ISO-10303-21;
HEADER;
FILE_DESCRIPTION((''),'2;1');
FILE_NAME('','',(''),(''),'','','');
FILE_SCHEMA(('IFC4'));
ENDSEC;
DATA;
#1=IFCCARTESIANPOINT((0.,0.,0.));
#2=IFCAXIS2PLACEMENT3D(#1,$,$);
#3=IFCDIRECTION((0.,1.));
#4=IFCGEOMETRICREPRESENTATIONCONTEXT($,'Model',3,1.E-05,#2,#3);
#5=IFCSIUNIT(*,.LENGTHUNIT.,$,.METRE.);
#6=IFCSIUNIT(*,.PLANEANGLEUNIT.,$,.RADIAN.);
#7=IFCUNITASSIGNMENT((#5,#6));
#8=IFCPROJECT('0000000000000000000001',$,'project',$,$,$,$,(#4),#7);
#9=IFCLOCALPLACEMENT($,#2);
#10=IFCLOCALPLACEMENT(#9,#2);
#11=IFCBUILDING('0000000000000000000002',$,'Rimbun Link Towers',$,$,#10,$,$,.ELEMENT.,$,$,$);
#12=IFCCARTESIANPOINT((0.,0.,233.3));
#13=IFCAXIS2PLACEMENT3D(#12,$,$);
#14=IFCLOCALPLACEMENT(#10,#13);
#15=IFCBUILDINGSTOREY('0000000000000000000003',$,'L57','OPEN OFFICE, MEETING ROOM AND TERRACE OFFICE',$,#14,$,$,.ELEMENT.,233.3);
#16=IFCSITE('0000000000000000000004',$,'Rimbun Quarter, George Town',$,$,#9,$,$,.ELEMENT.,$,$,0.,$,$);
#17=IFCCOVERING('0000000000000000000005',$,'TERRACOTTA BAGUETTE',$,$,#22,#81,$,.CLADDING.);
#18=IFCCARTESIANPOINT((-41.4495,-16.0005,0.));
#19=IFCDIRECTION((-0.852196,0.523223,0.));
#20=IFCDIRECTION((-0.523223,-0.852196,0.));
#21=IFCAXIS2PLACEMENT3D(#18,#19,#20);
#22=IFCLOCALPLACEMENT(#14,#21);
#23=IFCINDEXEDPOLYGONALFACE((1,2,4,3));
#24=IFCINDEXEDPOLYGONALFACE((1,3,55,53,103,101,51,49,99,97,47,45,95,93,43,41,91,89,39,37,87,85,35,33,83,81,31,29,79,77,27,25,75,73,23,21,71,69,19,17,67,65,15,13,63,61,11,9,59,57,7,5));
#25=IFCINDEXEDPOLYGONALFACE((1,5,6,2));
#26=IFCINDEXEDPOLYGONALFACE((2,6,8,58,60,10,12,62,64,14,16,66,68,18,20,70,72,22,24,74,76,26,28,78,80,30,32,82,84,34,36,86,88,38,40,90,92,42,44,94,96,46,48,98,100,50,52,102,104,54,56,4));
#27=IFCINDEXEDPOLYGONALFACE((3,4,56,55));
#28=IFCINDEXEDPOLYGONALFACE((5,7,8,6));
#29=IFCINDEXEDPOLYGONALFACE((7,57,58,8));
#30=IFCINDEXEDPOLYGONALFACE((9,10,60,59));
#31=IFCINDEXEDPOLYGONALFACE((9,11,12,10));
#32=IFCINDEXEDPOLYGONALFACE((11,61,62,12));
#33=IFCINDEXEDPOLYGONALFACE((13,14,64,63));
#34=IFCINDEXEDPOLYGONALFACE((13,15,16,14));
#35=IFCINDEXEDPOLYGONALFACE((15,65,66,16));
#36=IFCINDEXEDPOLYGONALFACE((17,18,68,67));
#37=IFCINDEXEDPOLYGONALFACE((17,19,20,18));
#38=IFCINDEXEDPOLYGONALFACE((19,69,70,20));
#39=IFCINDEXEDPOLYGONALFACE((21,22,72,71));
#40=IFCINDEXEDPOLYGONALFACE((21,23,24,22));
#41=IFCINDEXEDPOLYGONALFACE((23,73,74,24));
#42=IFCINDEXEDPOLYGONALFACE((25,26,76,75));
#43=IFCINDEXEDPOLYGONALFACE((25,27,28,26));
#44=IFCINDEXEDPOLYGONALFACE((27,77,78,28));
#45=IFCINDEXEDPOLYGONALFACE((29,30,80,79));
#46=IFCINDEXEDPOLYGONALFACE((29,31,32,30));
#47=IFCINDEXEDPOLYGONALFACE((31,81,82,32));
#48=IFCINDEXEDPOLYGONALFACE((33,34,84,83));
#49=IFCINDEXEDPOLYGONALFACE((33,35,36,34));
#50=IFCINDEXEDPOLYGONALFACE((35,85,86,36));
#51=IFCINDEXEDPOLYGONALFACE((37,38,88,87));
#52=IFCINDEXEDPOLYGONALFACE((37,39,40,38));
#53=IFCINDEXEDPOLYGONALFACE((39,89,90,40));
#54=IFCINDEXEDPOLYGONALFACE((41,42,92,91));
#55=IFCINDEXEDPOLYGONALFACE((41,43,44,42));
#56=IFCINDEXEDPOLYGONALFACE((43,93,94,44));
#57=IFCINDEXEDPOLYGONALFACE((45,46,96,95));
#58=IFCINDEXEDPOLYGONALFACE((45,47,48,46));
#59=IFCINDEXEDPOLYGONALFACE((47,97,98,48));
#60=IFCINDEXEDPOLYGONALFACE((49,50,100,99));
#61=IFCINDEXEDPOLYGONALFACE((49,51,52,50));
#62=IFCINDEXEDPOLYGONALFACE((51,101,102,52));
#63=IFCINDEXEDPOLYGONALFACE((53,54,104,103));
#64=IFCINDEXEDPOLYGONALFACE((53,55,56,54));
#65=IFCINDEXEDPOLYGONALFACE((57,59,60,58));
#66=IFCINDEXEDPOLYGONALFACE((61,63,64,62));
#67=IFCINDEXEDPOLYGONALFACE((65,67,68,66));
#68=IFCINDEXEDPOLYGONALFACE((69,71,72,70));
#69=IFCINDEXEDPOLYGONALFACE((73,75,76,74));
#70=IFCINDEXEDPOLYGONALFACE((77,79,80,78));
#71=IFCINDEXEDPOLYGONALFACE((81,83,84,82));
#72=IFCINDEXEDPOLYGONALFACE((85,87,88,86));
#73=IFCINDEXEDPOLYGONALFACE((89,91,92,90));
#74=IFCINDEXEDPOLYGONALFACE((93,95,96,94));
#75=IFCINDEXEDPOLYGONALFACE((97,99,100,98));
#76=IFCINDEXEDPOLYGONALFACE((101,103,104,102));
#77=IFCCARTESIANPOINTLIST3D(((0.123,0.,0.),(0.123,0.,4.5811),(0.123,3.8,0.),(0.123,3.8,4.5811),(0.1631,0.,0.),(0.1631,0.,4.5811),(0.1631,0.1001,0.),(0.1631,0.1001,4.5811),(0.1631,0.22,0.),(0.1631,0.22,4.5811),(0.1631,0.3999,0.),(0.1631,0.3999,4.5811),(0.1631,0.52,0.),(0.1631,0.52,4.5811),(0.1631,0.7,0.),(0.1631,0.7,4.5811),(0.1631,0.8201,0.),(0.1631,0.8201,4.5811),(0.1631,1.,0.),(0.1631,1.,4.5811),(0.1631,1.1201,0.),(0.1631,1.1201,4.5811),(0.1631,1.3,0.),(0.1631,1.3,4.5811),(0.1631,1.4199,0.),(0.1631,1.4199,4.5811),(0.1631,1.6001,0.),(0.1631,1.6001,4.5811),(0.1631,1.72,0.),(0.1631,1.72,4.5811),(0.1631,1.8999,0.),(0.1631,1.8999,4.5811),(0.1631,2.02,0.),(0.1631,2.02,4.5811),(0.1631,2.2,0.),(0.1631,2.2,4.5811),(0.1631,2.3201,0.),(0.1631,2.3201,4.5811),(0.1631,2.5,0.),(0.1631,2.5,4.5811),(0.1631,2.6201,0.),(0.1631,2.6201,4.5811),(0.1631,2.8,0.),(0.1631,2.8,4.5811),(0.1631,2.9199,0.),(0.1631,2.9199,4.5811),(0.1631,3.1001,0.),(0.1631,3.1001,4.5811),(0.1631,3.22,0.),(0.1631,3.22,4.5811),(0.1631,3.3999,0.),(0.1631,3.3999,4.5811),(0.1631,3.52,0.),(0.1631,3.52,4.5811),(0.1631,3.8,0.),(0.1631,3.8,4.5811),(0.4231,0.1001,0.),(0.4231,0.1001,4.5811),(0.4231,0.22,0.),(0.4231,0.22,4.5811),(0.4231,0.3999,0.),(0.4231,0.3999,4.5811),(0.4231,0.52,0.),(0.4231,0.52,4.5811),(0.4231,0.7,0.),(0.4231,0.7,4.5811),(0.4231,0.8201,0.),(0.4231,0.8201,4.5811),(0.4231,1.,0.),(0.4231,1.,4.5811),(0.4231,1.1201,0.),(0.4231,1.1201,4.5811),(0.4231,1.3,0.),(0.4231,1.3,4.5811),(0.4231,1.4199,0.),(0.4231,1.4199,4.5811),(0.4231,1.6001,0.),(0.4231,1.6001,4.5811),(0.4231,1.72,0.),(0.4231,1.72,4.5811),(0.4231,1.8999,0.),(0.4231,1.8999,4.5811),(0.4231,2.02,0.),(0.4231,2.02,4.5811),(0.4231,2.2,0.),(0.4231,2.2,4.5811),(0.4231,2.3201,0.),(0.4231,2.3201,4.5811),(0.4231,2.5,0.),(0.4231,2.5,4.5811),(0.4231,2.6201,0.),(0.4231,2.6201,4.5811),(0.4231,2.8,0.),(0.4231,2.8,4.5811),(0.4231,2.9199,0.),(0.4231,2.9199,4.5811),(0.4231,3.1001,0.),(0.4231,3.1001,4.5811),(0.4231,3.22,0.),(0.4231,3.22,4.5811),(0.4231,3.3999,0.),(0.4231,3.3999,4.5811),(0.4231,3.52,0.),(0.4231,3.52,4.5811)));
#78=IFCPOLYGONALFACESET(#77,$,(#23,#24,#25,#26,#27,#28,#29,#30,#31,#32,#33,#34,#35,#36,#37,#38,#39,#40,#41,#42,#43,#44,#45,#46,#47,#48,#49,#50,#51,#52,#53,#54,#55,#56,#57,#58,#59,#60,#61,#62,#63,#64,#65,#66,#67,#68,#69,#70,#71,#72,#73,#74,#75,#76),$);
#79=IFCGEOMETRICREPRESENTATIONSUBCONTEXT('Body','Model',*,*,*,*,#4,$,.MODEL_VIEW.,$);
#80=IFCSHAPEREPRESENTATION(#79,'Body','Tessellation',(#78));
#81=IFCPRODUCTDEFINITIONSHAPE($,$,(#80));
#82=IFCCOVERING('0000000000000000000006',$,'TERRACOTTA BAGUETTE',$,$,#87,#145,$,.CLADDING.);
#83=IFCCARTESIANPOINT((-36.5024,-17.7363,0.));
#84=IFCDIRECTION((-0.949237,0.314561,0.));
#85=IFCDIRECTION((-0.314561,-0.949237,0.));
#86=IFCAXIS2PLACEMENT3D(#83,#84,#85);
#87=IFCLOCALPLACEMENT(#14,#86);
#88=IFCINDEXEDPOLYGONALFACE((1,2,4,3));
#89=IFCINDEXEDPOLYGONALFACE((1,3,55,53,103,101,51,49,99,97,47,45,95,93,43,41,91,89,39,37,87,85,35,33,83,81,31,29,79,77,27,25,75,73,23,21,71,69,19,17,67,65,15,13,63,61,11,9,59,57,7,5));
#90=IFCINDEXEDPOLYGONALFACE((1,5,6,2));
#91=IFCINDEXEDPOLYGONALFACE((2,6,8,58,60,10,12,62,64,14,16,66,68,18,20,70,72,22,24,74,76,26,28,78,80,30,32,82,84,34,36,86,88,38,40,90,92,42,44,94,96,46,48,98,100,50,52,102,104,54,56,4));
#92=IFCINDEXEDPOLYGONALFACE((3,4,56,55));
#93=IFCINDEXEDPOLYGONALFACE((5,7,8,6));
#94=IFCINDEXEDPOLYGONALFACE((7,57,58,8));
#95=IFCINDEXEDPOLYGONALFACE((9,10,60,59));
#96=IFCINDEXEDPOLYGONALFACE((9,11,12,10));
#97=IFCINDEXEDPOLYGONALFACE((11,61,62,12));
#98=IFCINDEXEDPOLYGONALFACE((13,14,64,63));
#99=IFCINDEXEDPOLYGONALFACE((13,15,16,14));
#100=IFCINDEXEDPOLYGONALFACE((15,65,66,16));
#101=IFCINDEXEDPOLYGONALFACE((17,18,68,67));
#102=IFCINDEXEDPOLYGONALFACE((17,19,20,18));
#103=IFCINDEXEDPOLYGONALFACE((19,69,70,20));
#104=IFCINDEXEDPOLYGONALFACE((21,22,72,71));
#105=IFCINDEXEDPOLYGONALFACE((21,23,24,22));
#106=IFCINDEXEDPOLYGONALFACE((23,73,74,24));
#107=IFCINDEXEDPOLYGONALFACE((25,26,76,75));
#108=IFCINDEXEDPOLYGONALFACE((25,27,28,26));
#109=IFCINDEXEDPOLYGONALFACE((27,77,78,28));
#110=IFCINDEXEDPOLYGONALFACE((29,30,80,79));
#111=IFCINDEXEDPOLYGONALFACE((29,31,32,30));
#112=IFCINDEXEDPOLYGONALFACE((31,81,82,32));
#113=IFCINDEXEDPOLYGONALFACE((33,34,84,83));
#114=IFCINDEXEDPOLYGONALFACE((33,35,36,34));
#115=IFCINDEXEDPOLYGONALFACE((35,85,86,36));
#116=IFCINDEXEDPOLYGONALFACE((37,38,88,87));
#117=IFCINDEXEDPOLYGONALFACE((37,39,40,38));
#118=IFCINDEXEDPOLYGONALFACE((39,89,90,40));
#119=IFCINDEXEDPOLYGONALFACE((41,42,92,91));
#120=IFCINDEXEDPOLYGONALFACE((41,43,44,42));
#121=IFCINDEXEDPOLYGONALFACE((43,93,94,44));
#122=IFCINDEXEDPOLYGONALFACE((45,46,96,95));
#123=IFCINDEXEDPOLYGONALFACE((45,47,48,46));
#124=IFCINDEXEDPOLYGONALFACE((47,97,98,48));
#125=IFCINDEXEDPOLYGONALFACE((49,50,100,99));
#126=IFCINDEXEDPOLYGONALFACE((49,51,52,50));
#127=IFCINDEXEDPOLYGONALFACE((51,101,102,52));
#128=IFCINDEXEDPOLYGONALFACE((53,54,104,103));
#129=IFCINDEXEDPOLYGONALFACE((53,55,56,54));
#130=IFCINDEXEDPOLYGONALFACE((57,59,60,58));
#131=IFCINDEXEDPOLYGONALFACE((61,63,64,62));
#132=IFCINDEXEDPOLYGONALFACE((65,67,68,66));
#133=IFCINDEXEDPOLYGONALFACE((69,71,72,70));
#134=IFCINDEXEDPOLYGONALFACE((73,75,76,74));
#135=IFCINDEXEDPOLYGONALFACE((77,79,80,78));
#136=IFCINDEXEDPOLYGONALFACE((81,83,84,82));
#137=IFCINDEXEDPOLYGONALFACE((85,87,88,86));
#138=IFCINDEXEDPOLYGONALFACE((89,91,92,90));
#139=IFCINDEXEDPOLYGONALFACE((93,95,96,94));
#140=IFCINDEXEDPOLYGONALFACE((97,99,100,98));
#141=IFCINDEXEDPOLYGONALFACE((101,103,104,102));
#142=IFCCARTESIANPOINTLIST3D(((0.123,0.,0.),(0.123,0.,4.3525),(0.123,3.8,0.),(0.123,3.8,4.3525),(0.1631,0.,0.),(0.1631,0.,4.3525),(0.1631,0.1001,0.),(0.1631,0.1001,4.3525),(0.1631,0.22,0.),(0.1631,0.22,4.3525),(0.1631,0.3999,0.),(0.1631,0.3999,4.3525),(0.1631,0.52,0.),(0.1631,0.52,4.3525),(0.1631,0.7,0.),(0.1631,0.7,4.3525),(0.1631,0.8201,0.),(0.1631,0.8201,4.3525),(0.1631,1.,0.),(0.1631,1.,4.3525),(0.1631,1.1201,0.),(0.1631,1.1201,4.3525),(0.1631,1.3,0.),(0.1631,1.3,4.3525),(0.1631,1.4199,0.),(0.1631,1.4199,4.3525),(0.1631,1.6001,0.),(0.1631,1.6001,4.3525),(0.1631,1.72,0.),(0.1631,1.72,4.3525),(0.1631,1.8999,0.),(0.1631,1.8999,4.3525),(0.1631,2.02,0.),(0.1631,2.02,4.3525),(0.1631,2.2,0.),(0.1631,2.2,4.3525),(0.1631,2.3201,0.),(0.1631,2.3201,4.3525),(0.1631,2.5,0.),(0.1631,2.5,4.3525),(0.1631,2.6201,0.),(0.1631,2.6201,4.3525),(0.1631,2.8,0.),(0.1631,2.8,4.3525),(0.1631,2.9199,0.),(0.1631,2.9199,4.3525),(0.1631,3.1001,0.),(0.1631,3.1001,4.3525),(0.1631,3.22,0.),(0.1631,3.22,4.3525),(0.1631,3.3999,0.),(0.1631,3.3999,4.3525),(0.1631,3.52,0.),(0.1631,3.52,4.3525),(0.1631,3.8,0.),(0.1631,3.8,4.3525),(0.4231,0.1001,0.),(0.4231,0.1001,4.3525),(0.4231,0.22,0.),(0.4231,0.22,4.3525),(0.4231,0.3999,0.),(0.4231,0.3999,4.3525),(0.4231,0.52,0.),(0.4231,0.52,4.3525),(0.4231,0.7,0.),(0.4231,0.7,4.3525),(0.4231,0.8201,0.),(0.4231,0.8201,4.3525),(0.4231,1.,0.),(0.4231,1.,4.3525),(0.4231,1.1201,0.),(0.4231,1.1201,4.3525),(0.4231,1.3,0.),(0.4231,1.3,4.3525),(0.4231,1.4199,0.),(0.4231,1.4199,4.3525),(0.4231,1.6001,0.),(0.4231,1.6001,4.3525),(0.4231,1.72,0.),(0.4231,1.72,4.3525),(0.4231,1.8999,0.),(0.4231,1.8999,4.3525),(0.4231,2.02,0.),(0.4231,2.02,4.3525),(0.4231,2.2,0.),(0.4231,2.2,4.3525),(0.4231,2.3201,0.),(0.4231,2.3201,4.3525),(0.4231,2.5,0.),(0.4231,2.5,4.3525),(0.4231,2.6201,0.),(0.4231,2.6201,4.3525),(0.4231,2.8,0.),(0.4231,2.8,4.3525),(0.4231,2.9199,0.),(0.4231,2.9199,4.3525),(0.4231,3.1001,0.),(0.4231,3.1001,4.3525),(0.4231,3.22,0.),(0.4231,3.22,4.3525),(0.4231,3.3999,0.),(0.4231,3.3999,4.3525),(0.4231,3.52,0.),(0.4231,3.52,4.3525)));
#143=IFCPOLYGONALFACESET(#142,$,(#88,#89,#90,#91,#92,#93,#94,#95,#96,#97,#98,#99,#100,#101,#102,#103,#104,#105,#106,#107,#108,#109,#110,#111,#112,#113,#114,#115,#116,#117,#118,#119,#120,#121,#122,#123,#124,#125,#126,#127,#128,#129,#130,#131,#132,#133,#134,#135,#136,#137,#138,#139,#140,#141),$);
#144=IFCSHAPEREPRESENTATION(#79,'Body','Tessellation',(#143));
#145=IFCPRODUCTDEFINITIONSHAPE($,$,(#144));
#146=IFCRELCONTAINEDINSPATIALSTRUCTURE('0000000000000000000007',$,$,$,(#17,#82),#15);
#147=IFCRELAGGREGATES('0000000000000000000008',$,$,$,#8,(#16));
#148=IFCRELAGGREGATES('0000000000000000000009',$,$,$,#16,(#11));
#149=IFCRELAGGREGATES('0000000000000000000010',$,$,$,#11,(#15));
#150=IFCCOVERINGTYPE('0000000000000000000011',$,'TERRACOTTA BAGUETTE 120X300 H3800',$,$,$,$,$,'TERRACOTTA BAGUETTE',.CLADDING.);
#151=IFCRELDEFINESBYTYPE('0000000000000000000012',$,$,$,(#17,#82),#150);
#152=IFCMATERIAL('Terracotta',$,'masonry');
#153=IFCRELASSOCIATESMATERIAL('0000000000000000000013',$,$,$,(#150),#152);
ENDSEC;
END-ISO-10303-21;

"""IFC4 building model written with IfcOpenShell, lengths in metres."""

from ifc_helpers import new_model, si_unit, direction, frame, origin, place, context, subcontext, project, spatial, polyline, outline, extrude, material, material_profile, profile_set, type_object, element, save


model = new_model("IFC4")

# Units and contexts
model_context = context("Model", 3, precision=1e-05, world=origin(), true_north=direction((0.0, 1.0)))
body_context = subcontext(model_context, "Body", "Model", "MODEL_VIEW")
ifc_project = project(units=[si_unit("LENGTHUNIT", "METRE"), si_unit("PLANEANGLEUNIT", "RADIAN")], contexts=[model_context])

# Site, building, storey
site_placement = place(None, origin())
site = spatial("IfcSite", under=ifc_project, at=site_placement, Name="Rimbun Quarter, George Town", CompositionType="ELEMENT", RefElevation=0.0)
building_placement = place(site_placement, origin())
building = spatial("IfcBuilding", under=site, at=building_placement, Name="Rimbun Link Towers", CompositionType="ELEMENT")
storey_placement = place(building_placement, frame((0.0, 0.0, 233.3)))
storey = spatial("IfcBuildingStorey", under=building, at=storey_placement, Name="L57", Description="OPEN OFFICE, MEETING ROOM AND TERRACE OFFICE", CompositionType="ELEMENT", Elevation=233.3)

# Coverings
ifc_material_1 = material(Name="Terracotta", Category="masonry")
ifc_material_profile_1 = material_profile(ifc_material_1, outline(polyline([(0.123, 0.0), (0.1631, 0.0), (0.1631, 0.1001), (0.4231, 0.1001), (0.4231, 0.22), (0.1631, 0.22), (0.1631, 0.3999), (0.4231, 0.3999), (0.4231, 0.52), (0.1631, 0.52), (0.1631, 0.7), (0.4231, 0.7), (0.4231, 0.8201), (0.1631, 0.8201), (0.1631, 1.0), (0.4231, 1.0), (0.4231, 1.1201), (0.1631, 1.1201), (0.1631, 1.3), (0.4231, 1.3), (0.4231, 1.4199), (0.1631, 1.4199), (0.1631, 1.6001), (0.4231, 1.6001), (0.4231, 1.72), (0.1631, 1.72), (0.1631, 1.8999), (0.4231, 1.8999), (0.4231, 2.02), (0.1631, 2.02), (0.1631, 2.2), (0.4231, 2.2), (0.4231, 2.3201), (0.1631, 2.3201), (0.1631, 2.5), (0.4231, 2.5), (0.4231, 2.6201), (0.1631, 2.6201), (0.1631, 2.8), (0.4231, 2.8), (0.4231, 2.9199), (0.1631, 2.9199), (0.1631, 3.1001), (0.4231, 3.1001), (0.4231, 3.22), (0.1631, 3.22), (0.1631, 3.3999), (0.4231, 3.3999), (0.4231, 3.52), (0.1631, 3.52), (0.1631, 3.8), (0.123, 3.8), (0.123, 0.0)])), Name="BAGUETTE 120X300")
ifc_profile_set_1 = profile_set([ifc_material_profile_1], Name="Terracotta")
covering_type = type_object("IfcCoveringType", Name="TERRACOTTA BAGUETTE 120X300 H3800", ElementType="TERRACOTTA BAGUETTE", PredefinedType="CLADDING", material=ifc_profile_set_1)
covering_1_placement = place(storey_placement, frame((-41.4495, -16.0005, 0.0), z_axis=(-0.852196, 0.523223, 0.0), x_axis=(-0.523223, -0.852196, 0.0)))
element("IfcCovering", 1, at=covering_1_placement, inside=storey, type_object=covering_type, Name="TERRACOTTA BAGUETTE", PredefinedType="CLADDING", context=body_context, shape_type="SweptSolid", body=[
    extrude(outline(polyline([(0.123, 0.0), (0.1631, 0.0), (0.1631, 0.1001), (0.4231, 0.1001), (0.4231, 0.22), (0.1631, 0.22), (0.1631, 0.3999), (0.4231, 0.3999), (0.4231, 0.52), (0.1631, 0.52), (0.1631, 0.7), (0.4231, 0.7), (0.4231, 0.8201), (0.1631, 0.8201), (0.1631, 1.0), (0.4231, 1.0), (0.4231, 1.1201), (0.1631, 1.1201), (0.1631, 1.3), (0.4231, 1.3), (0.4231, 1.4199), (0.1631, 1.4199), (0.1631, 1.6001), (0.4231, 1.6001), (0.4231, 1.72), (0.1631, 1.72), (0.1631, 1.8999), (0.4231, 1.8999), (0.4231, 2.02), (0.1631, 2.02), (0.1631, 2.2), (0.4231, 2.2), (0.4231, 2.3201), (0.1631, 2.3201), (0.1631, 2.5), (0.4231, 2.5), (0.4231, 2.6201), (0.1631, 2.6201), (0.1631, 2.8), (0.4231, 2.8), (0.4231, 2.9199), (0.1631, 2.9199), (0.1631, 3.1001), (0.4231, 3.1001), (0.4231, 3.22), (0.1631, 3.22), (0.1631, 3.3999), (0.4231, 3.3999), (0.4231, 3.52), (0.1631, 3.52), (0.1631, 3.8), (0.123, 3.8), (0.123, 0.0)])), origin(), (0.0, 0.0, 1.0), 4.5811),
])
covering_2_placement = place(storey_placement, frame((-36.5024, -17.7363, 0.0), z_axis=(-0.949237, 0.314561, 0.0), x_axis=(-0.314561, -0.949237, 0.0)))
element("IfcCovering", 2, at=covering_2_placement, inside=storey, type_object=covering_type, Name="TERRACOTTA BAGUETTE", PredefinedType="CLADDING", context=body_context, shape_type="SweptSolid", body=[
    extrude(outline(polyline([(0.123, 0.0), (0.1631, 0.0), (0.1631, 0.1001), (0.4231, 0.1001), (0.4231, 0.22), (0.1631, 0.22), (0.1631, 0.3999), (0.4231, 0.3999), (0.4231, 0.52), (0.1631, 0.52), (0.1631, 0.7), (0.4231, 0.7), (0.4231, 0.8201), (0.1631, 0.8201), (0.1631, 1.0), (0.4231, 1.0), (0.4231, 1.1201), (0.1631, 1.1201), (0.1631, 1.3), (0.4231, 1.3), (0.4231, 1.4199), (0.1631, 1.4199), (0.1631, 1.6001), (0.4231, 1.6001), (0.4231, 1.72), (0.1631, 1.72), (0.1631, 1.8999), (0.4231, 1.8999), (0.4231, 2.02), (0.1631, 2.02), (0.1631, 2.2), (0.4231, 2.2), (0.4231, 2.3201), (0.1631, 2.3201), (0.1631, 2.5), (0.4231, 2.5), (0.4231, 2.6201), (0.1631, 2.6201), (0.1631, 2.8), (0.4231, 2.8), (0.4231, 2.9199), (0.1631, 2.9199), (0.1631, 3.1001), (0.4231, 3.1001), (0.4231, 3.22), (0.1631, 3.22), (0.1631, 3.3999), (0.4231, 3.3999), (0.4231, 3.52), (0.1631, 3.52), (0.1631, 3.8), (0.123, 3.8), (0.123, 0.0)])), origin(), (0.0, 0.0, 1.0), 4.3525),
])

save(model, "model.ifc")
